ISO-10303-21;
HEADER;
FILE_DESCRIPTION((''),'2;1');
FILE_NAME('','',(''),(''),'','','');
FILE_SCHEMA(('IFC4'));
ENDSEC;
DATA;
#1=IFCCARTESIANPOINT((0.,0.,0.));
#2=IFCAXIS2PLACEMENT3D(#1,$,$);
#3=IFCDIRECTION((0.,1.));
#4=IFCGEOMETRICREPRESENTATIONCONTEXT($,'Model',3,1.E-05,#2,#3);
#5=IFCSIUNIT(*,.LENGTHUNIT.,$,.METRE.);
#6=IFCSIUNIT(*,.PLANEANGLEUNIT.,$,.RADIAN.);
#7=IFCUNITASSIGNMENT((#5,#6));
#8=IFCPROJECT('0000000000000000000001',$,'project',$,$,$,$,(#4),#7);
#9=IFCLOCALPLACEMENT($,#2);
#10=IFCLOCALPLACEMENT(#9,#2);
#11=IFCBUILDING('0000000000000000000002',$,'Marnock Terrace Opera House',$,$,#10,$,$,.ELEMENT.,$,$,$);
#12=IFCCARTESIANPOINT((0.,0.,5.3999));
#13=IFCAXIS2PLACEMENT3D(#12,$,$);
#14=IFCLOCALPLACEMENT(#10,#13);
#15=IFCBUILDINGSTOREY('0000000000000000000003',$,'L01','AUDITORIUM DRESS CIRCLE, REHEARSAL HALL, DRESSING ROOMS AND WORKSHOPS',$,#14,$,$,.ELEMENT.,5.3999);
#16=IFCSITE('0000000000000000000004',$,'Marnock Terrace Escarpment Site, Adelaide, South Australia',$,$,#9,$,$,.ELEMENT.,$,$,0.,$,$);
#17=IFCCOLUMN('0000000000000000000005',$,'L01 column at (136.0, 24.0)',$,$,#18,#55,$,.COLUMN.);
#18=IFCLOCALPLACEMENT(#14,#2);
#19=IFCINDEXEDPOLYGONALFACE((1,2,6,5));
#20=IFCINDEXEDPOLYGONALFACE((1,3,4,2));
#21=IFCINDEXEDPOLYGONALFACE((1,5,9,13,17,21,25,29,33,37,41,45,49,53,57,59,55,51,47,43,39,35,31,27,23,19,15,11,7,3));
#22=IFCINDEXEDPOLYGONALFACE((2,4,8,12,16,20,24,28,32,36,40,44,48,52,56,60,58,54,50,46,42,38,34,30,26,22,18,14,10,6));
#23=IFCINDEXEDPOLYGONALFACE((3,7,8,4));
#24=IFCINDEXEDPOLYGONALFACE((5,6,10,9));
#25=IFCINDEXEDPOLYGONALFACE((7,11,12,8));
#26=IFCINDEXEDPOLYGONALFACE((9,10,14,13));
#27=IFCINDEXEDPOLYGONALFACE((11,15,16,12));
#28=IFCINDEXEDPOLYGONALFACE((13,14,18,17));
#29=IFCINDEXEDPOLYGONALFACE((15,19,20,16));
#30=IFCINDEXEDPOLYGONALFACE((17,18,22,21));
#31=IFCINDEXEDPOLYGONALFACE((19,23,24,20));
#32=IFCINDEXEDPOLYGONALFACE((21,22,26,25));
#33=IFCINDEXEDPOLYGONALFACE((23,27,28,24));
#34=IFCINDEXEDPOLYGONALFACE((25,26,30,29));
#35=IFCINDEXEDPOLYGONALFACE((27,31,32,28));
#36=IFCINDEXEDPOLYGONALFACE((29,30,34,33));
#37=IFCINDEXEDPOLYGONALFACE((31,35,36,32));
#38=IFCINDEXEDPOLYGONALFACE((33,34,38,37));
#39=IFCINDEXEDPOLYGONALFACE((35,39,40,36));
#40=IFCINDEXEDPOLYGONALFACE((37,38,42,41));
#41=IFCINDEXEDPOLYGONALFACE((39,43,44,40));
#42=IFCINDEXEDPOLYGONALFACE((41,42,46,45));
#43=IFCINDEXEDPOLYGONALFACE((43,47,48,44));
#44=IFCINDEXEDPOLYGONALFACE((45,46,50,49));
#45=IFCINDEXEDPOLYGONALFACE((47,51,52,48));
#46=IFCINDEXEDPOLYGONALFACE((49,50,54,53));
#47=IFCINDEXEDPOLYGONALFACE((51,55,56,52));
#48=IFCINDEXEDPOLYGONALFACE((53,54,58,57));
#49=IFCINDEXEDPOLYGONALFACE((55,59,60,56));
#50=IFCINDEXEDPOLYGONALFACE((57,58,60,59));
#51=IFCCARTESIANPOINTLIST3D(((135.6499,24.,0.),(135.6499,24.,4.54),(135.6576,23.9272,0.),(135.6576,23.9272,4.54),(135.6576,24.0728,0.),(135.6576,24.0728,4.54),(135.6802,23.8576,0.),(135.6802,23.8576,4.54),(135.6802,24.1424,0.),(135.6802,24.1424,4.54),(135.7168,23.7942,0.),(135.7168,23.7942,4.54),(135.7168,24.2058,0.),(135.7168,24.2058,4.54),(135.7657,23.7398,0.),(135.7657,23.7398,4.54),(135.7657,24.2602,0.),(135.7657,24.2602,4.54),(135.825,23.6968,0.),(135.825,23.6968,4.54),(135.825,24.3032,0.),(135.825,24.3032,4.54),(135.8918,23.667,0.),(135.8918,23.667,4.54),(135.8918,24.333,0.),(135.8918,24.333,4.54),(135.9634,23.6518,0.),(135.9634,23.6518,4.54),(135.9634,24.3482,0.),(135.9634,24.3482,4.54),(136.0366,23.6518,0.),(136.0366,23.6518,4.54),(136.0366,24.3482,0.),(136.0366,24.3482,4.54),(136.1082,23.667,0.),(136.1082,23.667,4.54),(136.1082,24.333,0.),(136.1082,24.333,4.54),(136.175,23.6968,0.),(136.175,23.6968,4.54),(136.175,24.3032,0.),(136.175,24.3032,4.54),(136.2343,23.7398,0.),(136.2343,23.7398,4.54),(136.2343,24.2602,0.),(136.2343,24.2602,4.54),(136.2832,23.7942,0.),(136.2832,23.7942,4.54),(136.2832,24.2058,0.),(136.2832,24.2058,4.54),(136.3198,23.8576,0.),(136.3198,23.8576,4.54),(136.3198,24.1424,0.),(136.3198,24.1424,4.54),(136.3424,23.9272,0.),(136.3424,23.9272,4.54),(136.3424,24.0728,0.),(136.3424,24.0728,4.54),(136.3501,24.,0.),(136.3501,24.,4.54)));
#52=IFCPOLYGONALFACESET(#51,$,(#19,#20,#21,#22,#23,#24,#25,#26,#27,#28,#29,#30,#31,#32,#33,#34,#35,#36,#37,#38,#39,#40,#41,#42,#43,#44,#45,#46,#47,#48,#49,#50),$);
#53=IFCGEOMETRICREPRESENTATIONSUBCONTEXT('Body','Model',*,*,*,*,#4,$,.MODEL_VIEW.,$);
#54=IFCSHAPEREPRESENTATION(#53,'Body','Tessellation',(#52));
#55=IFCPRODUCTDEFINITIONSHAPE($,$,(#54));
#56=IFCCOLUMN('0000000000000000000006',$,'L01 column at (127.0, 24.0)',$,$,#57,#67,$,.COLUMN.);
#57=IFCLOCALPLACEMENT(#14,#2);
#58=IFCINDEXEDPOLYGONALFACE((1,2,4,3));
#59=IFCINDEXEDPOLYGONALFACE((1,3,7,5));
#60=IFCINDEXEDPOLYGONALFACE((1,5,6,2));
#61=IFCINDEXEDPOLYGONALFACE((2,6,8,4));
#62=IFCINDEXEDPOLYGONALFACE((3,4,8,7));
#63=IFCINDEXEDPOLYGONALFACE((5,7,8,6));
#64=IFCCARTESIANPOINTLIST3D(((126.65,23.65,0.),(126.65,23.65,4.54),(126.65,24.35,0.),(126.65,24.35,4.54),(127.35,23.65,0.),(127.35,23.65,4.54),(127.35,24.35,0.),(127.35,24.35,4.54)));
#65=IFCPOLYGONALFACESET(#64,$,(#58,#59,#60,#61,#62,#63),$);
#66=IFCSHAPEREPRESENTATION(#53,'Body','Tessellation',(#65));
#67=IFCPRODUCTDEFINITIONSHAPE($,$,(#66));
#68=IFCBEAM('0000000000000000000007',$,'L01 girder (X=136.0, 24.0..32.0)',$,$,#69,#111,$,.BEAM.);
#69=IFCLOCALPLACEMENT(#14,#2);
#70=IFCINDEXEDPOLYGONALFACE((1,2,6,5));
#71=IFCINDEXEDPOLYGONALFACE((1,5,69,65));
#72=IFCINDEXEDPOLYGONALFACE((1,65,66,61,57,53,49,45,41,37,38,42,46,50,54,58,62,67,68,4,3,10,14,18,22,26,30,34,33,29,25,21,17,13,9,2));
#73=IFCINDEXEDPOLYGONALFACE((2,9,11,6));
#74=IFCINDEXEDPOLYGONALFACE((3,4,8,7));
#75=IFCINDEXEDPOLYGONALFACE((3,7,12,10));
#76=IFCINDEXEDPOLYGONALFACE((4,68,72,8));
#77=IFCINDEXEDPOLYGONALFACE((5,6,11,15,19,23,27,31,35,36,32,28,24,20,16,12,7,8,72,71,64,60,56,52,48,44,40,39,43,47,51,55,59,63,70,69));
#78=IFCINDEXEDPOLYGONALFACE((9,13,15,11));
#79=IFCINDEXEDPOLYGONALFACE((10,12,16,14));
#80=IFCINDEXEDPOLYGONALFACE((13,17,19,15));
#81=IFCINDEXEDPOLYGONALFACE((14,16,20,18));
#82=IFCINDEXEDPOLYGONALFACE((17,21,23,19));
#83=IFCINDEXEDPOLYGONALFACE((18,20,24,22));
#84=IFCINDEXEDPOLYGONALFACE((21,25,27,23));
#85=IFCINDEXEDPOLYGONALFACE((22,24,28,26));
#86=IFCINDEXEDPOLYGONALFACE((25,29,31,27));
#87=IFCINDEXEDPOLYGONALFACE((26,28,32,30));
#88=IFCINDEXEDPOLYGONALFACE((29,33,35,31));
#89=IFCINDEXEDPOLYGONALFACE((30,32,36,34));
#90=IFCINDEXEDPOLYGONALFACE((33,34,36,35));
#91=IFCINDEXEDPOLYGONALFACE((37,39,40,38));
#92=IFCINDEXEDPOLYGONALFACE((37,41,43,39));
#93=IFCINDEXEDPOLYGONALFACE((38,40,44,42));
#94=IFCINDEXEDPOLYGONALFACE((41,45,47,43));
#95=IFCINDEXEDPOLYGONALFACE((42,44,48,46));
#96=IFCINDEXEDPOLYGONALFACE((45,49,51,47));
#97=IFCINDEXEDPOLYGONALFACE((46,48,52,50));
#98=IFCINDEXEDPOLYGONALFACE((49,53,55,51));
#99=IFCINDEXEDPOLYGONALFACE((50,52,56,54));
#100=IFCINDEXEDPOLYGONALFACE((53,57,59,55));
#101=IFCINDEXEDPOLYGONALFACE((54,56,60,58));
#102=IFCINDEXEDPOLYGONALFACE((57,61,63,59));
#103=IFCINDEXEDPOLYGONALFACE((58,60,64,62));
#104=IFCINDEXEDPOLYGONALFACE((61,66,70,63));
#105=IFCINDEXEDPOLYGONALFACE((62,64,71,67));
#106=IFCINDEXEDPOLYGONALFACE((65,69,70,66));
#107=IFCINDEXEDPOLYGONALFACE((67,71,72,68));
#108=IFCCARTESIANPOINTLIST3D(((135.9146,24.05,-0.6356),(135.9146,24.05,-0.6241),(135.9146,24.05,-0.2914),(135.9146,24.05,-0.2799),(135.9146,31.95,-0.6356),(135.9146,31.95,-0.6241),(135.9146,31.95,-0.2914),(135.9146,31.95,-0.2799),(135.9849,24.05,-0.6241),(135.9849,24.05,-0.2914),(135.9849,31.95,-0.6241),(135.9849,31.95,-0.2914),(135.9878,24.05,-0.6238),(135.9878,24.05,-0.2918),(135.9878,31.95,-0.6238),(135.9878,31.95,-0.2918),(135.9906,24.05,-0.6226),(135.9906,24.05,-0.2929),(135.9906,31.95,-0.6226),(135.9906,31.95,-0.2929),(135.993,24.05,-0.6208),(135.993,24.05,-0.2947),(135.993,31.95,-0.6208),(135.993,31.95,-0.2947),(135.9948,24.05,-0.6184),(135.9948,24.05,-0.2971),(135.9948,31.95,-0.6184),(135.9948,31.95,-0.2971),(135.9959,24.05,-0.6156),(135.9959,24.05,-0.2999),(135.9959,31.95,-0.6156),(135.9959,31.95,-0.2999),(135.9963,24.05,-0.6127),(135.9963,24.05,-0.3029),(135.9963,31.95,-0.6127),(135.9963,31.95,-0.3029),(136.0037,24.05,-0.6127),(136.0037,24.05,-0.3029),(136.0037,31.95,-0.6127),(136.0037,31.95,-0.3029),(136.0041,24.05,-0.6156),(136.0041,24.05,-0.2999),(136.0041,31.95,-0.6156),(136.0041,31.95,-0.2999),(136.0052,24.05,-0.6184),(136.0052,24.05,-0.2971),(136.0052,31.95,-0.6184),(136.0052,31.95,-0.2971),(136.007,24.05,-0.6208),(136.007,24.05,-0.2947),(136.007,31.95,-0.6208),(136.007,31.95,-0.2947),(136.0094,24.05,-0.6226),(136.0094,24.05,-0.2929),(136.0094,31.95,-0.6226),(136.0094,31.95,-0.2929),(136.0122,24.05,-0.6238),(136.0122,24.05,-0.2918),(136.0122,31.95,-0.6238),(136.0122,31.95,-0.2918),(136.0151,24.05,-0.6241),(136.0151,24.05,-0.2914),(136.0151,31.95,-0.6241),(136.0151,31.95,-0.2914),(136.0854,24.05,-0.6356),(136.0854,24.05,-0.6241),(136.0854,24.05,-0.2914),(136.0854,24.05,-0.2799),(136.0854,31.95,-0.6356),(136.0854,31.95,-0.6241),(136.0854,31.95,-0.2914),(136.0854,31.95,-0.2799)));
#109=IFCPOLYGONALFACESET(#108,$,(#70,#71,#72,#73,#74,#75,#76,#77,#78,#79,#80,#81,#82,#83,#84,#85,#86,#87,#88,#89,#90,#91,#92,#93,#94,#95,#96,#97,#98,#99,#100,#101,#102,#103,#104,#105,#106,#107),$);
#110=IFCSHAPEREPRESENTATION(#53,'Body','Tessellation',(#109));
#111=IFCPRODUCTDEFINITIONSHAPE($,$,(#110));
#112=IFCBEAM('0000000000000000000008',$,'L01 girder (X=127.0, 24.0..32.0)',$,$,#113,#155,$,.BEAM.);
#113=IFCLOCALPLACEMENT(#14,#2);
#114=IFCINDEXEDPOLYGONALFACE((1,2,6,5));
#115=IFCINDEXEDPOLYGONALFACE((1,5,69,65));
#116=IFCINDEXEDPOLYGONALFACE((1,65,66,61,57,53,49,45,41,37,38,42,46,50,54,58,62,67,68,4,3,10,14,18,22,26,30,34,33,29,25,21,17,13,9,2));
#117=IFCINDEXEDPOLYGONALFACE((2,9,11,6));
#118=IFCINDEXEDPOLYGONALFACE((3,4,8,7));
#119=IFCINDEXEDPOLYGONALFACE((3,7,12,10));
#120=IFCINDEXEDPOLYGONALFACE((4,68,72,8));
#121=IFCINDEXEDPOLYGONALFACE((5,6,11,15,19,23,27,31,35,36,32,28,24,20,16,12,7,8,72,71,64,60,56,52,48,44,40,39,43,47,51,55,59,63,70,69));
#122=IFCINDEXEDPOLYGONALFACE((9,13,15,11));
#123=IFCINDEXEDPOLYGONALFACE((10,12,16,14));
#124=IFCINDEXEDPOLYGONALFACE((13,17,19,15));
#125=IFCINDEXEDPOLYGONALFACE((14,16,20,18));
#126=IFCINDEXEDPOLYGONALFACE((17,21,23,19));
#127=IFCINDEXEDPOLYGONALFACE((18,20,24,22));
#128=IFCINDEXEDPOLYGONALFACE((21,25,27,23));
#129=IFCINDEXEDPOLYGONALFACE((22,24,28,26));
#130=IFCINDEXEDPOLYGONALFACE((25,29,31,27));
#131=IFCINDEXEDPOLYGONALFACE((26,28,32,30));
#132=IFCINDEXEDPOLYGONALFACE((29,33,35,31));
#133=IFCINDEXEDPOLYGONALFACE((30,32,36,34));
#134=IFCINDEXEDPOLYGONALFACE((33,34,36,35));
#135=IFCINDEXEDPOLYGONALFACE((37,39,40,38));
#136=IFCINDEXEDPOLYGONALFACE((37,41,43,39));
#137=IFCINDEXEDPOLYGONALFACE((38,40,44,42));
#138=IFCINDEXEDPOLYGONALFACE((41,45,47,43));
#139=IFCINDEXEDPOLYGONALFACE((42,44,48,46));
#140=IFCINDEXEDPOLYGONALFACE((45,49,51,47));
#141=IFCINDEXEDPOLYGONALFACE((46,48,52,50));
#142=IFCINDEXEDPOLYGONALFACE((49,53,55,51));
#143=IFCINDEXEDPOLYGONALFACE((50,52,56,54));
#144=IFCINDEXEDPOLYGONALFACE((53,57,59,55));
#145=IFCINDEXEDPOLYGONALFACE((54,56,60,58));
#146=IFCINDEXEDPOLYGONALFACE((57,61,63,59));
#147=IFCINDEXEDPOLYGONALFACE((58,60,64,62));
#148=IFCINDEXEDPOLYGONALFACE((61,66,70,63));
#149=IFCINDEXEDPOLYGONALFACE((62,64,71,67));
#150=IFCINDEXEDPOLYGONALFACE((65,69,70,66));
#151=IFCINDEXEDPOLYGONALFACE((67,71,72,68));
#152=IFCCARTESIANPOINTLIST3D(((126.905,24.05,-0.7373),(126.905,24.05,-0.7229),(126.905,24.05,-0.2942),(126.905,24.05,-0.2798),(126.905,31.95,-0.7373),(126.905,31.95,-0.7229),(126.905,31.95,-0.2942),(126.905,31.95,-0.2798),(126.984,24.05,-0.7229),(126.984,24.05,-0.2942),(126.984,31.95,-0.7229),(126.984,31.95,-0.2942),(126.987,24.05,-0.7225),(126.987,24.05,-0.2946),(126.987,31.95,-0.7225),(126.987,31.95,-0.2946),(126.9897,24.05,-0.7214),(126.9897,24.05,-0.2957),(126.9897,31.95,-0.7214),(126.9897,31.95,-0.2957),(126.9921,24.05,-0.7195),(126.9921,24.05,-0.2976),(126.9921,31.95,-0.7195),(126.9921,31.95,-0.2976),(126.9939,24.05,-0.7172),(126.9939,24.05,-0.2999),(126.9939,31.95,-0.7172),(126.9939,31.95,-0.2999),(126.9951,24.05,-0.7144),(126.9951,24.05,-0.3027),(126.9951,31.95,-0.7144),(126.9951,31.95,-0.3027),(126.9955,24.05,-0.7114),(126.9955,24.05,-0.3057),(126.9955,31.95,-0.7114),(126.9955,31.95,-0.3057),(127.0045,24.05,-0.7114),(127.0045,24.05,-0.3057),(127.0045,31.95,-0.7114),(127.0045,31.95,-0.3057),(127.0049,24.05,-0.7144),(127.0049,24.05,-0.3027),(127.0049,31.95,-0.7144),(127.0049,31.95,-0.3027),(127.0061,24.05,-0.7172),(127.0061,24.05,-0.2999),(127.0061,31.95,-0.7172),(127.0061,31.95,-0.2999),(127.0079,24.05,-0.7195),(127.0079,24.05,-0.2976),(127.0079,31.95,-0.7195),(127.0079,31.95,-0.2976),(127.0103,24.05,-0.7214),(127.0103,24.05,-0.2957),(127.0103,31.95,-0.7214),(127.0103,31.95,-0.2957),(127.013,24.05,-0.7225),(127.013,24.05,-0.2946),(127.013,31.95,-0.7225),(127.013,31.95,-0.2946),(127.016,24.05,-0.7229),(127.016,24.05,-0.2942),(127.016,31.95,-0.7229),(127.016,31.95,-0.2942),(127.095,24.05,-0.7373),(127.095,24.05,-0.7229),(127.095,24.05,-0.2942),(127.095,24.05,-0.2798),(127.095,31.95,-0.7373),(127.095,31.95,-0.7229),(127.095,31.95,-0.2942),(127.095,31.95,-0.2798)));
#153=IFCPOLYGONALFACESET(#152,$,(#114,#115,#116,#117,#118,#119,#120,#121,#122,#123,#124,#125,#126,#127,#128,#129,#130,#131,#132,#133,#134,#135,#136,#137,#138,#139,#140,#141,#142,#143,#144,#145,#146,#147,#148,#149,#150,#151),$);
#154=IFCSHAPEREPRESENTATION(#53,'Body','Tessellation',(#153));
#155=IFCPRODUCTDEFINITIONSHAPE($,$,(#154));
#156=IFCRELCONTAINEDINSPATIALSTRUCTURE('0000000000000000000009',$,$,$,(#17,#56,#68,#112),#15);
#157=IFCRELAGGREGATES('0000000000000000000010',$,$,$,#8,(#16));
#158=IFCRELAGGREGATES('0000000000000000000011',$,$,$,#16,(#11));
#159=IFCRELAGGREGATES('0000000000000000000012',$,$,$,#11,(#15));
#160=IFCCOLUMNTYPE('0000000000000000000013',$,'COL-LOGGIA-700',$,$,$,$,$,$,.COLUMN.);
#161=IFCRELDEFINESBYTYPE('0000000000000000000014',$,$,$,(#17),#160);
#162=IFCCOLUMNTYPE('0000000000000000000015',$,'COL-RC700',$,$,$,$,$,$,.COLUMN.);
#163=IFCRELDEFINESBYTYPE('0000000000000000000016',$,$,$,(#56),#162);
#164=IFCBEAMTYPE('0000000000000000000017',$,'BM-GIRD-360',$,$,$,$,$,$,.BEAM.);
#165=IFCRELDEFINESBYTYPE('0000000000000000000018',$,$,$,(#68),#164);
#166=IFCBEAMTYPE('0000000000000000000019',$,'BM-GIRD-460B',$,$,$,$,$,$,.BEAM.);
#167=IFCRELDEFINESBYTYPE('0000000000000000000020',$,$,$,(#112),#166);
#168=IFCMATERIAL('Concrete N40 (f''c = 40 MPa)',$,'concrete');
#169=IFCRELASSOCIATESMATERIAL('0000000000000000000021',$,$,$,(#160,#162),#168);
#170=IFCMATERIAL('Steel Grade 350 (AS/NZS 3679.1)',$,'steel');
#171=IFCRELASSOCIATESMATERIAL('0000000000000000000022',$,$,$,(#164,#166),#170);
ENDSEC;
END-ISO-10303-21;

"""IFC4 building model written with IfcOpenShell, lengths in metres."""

from ifc_helpers import new_model, si_unit, direction, frame, origin, origin_2d, place, context, subcontext, project, spatial, rectangle, circle, i_section, extrude, material, material_profile, profile_set, type_object, element, save


model = new_model("IFC4")

# Units and contexts
model_context = context("Model", 3, precision=1e-05, world=origin(), true_north=direction((0.0, 1.0)))
body_context = subcontext(model_context, "Body", "Model", "MODEL_VIEW")
ifc_project = project(units=[si_unit("LENGTHUNIT", "METRE"), si_unit("PLANEANGLEUNIT", "RADIAN")], contexts=[model_context])

# Site, building, storey
site_placement = place(None, origin())
site = spatial("IfcSite", under=ifc_project, at=site_placement, Name="Marnock Terrace Escarpment Site, Adelaide, South Australia", CompositionType="ELEMENT", RefElevation=0.0)
building_placement = place(site_placement, origin())
building = spatial("IfcBuilding", under=site, at=building_placement, Name="Marnock Terrace Opera House", CompositionType="ELEMENT")
storey_placement = place(building_placement, frame((0.0, 0.0, 5.3999)))
storey = spatial("IfcBuildingStorey", under=building, at=storey_placement, Name="L01", Description="AUDITORIUM DRESS CIRCLE, REHEARSAL HALL, DRESSING ROOMS AND WORKSHOPS", CompositionType="ELEMENT", Elevation=5.3999)

# Columns
ifc_material_1 = material(Name="Concrete N40 (f'c = 40 MPa)", Category="concrete")
ifc_material_profile_1 = material_profile(ifc_material_1, circle(Radius=0.3501, at=origin_2d()))
ifc_profile_set_1 = profile_set([ifc_material_profile_1], Name="Concrete N40 (f'c = 40 MPa)")
column_type_1 = type_object("IfcColumnType", Name="COL-LOGGIA-700", PredefinedType="COLUMN", material=ifc_profile_set_1)
column_1_placement = place(storey_placement, frame((136.0, 24.0, 0.0), z_axis=(0.0, 0.0, 1.0), x_axis=(1.0, 0.0, 0.0)))
element("IfcColumn", 1, at=column_1_placement, inside=storey, type_object=column_type_1, Name="L01 column at (136.0, 24.0)", PredefinedType="COLUMN", context=body_context, shape_type="SweptSolid", body=[
    extrude(circle(Radius=0.3501, at=origin_2d()), origin(), (0.0, 0.0, 1.0), 4.54),
])
ifc_material_profile_2 = material_profile(ifc_material_1, rectangle(XDim=0.7, YDim=0.7, at=origin_2d()))
ifc_profile_set_2 = profile_set([ifc_material_profile_2], Name="Concrete N40 (f'c = 40 MPa)")
column_type_2 = type_object("IfcColumnType", Name="COL-RC700", PredefinedType="COLUMN", material=ifc_profile_set_2)
column_2_placement = place(storey_placement, frame((127.0, 24.0, 0.0), z_axis=(0.0, 0.0, 1.0), x_axis=(1.0, 0.0, 0.0)))
element("IfcColumn", 2, at=column_2_placement, inside=storey, type_object=column_type_2, Name="L01 column at (127.0, 24.0)", PredefinedType="COLUMN", context=body_context, shape_type="SweptSolid", body=[
    extrude(rectangle(XDim=0.7, YDim=0.7, at=origin_2d()), origin(), (0.0, 0.0, 1.0), 4.54),
])

# Beams
ifc_material_2 = material(Name="Steel Grade 350 (AS/NZS 3679.1)", Category="steel")
ifc_material_profile_3 = material_profile(ifc_material_2, i_section(OverallWidth=0.1709, OverallDepth=0.3557, WebThickness=0.0073, FlangeThickness=0.0115, FilletRadius=0.0115, at=origin_2d()))
ifc_profile_set_3 = profile_set([ifc_material_profile_3], Name="Steel Grade 350 (AS/NZS 3679.1)")
beam_type_1 = type_object("IfcBeamType", Name="BM-GIRD-360", PredefinedType="BEAM", material=ifc_profile_set_3)
beam_1_placement = place(storey_placement, frame((136.0, 24.05, -0.4578), z_axis=(0.0, 1.0, 0.0), x_axis=(-1.0, 0.0, 0.0)))
element("IfcBeam", 3, at=beam_1_placement, inside=storey, type_object=beam_type_1, Name="L01 girder (X=136.0, 24.0..32.0)", PredefinedType="BEAM", context=body_context, shape_type="SweptSolid", body=[
    extrude(i_section(OverallWidth=0.1709, OverallDepth=0.3557, WebThickness=0.0073, FlangeThickness=0.0115, FilletRadius=0.0115, at=origin_2d()), origin(), (0.0, 0.0, 1.0), 7.8999),
])
ifc_material_profile_4 = material_profile(ifc_material_2, i_section(OverallWidth=0.1899, OverallDepth=0.4575, WebThickness=0.009, FlangeThickness=0.0144, FilletRadius=0.0115, at=origin_2d()))
ifc_profile_set_4 = profile_set([ifc_material_profile_4], Name="Steel Grade 350 (AS/NZS 3679.1)")
beam_type_2 = type_object("IfcBeamType", Name="BM-GIRD-460B", PredefinedType="BEAM", material=ifc_profile_set_4)
beam_2_placement = place(storey_placement, frame((127.0, 24.05, -0.5085), z_axis=(0.0, 1.0, 0.0), x_axis=(-1.0, 0.0, 0.0)))
element("IfcBeam", 4, at=beam_2_placement, inside=storey, type_object=beam_type_2, Name="L01 girder (X=127.0, 24.0..32.0)", PredefinedType="BEAM", context=body_context, shape_type="SweptSolid", body=[
    extrude(i_section(OverallWidth=0.1899, OverallDepth=0.4575, WebThickness=0.009, FlangeThickness=0.0144, FilletRadius=0.0115, at=origin_2d()), origin(), (0.0, 0.0, 1.0), 7.8999),
])

save(model, "model.ifc")
